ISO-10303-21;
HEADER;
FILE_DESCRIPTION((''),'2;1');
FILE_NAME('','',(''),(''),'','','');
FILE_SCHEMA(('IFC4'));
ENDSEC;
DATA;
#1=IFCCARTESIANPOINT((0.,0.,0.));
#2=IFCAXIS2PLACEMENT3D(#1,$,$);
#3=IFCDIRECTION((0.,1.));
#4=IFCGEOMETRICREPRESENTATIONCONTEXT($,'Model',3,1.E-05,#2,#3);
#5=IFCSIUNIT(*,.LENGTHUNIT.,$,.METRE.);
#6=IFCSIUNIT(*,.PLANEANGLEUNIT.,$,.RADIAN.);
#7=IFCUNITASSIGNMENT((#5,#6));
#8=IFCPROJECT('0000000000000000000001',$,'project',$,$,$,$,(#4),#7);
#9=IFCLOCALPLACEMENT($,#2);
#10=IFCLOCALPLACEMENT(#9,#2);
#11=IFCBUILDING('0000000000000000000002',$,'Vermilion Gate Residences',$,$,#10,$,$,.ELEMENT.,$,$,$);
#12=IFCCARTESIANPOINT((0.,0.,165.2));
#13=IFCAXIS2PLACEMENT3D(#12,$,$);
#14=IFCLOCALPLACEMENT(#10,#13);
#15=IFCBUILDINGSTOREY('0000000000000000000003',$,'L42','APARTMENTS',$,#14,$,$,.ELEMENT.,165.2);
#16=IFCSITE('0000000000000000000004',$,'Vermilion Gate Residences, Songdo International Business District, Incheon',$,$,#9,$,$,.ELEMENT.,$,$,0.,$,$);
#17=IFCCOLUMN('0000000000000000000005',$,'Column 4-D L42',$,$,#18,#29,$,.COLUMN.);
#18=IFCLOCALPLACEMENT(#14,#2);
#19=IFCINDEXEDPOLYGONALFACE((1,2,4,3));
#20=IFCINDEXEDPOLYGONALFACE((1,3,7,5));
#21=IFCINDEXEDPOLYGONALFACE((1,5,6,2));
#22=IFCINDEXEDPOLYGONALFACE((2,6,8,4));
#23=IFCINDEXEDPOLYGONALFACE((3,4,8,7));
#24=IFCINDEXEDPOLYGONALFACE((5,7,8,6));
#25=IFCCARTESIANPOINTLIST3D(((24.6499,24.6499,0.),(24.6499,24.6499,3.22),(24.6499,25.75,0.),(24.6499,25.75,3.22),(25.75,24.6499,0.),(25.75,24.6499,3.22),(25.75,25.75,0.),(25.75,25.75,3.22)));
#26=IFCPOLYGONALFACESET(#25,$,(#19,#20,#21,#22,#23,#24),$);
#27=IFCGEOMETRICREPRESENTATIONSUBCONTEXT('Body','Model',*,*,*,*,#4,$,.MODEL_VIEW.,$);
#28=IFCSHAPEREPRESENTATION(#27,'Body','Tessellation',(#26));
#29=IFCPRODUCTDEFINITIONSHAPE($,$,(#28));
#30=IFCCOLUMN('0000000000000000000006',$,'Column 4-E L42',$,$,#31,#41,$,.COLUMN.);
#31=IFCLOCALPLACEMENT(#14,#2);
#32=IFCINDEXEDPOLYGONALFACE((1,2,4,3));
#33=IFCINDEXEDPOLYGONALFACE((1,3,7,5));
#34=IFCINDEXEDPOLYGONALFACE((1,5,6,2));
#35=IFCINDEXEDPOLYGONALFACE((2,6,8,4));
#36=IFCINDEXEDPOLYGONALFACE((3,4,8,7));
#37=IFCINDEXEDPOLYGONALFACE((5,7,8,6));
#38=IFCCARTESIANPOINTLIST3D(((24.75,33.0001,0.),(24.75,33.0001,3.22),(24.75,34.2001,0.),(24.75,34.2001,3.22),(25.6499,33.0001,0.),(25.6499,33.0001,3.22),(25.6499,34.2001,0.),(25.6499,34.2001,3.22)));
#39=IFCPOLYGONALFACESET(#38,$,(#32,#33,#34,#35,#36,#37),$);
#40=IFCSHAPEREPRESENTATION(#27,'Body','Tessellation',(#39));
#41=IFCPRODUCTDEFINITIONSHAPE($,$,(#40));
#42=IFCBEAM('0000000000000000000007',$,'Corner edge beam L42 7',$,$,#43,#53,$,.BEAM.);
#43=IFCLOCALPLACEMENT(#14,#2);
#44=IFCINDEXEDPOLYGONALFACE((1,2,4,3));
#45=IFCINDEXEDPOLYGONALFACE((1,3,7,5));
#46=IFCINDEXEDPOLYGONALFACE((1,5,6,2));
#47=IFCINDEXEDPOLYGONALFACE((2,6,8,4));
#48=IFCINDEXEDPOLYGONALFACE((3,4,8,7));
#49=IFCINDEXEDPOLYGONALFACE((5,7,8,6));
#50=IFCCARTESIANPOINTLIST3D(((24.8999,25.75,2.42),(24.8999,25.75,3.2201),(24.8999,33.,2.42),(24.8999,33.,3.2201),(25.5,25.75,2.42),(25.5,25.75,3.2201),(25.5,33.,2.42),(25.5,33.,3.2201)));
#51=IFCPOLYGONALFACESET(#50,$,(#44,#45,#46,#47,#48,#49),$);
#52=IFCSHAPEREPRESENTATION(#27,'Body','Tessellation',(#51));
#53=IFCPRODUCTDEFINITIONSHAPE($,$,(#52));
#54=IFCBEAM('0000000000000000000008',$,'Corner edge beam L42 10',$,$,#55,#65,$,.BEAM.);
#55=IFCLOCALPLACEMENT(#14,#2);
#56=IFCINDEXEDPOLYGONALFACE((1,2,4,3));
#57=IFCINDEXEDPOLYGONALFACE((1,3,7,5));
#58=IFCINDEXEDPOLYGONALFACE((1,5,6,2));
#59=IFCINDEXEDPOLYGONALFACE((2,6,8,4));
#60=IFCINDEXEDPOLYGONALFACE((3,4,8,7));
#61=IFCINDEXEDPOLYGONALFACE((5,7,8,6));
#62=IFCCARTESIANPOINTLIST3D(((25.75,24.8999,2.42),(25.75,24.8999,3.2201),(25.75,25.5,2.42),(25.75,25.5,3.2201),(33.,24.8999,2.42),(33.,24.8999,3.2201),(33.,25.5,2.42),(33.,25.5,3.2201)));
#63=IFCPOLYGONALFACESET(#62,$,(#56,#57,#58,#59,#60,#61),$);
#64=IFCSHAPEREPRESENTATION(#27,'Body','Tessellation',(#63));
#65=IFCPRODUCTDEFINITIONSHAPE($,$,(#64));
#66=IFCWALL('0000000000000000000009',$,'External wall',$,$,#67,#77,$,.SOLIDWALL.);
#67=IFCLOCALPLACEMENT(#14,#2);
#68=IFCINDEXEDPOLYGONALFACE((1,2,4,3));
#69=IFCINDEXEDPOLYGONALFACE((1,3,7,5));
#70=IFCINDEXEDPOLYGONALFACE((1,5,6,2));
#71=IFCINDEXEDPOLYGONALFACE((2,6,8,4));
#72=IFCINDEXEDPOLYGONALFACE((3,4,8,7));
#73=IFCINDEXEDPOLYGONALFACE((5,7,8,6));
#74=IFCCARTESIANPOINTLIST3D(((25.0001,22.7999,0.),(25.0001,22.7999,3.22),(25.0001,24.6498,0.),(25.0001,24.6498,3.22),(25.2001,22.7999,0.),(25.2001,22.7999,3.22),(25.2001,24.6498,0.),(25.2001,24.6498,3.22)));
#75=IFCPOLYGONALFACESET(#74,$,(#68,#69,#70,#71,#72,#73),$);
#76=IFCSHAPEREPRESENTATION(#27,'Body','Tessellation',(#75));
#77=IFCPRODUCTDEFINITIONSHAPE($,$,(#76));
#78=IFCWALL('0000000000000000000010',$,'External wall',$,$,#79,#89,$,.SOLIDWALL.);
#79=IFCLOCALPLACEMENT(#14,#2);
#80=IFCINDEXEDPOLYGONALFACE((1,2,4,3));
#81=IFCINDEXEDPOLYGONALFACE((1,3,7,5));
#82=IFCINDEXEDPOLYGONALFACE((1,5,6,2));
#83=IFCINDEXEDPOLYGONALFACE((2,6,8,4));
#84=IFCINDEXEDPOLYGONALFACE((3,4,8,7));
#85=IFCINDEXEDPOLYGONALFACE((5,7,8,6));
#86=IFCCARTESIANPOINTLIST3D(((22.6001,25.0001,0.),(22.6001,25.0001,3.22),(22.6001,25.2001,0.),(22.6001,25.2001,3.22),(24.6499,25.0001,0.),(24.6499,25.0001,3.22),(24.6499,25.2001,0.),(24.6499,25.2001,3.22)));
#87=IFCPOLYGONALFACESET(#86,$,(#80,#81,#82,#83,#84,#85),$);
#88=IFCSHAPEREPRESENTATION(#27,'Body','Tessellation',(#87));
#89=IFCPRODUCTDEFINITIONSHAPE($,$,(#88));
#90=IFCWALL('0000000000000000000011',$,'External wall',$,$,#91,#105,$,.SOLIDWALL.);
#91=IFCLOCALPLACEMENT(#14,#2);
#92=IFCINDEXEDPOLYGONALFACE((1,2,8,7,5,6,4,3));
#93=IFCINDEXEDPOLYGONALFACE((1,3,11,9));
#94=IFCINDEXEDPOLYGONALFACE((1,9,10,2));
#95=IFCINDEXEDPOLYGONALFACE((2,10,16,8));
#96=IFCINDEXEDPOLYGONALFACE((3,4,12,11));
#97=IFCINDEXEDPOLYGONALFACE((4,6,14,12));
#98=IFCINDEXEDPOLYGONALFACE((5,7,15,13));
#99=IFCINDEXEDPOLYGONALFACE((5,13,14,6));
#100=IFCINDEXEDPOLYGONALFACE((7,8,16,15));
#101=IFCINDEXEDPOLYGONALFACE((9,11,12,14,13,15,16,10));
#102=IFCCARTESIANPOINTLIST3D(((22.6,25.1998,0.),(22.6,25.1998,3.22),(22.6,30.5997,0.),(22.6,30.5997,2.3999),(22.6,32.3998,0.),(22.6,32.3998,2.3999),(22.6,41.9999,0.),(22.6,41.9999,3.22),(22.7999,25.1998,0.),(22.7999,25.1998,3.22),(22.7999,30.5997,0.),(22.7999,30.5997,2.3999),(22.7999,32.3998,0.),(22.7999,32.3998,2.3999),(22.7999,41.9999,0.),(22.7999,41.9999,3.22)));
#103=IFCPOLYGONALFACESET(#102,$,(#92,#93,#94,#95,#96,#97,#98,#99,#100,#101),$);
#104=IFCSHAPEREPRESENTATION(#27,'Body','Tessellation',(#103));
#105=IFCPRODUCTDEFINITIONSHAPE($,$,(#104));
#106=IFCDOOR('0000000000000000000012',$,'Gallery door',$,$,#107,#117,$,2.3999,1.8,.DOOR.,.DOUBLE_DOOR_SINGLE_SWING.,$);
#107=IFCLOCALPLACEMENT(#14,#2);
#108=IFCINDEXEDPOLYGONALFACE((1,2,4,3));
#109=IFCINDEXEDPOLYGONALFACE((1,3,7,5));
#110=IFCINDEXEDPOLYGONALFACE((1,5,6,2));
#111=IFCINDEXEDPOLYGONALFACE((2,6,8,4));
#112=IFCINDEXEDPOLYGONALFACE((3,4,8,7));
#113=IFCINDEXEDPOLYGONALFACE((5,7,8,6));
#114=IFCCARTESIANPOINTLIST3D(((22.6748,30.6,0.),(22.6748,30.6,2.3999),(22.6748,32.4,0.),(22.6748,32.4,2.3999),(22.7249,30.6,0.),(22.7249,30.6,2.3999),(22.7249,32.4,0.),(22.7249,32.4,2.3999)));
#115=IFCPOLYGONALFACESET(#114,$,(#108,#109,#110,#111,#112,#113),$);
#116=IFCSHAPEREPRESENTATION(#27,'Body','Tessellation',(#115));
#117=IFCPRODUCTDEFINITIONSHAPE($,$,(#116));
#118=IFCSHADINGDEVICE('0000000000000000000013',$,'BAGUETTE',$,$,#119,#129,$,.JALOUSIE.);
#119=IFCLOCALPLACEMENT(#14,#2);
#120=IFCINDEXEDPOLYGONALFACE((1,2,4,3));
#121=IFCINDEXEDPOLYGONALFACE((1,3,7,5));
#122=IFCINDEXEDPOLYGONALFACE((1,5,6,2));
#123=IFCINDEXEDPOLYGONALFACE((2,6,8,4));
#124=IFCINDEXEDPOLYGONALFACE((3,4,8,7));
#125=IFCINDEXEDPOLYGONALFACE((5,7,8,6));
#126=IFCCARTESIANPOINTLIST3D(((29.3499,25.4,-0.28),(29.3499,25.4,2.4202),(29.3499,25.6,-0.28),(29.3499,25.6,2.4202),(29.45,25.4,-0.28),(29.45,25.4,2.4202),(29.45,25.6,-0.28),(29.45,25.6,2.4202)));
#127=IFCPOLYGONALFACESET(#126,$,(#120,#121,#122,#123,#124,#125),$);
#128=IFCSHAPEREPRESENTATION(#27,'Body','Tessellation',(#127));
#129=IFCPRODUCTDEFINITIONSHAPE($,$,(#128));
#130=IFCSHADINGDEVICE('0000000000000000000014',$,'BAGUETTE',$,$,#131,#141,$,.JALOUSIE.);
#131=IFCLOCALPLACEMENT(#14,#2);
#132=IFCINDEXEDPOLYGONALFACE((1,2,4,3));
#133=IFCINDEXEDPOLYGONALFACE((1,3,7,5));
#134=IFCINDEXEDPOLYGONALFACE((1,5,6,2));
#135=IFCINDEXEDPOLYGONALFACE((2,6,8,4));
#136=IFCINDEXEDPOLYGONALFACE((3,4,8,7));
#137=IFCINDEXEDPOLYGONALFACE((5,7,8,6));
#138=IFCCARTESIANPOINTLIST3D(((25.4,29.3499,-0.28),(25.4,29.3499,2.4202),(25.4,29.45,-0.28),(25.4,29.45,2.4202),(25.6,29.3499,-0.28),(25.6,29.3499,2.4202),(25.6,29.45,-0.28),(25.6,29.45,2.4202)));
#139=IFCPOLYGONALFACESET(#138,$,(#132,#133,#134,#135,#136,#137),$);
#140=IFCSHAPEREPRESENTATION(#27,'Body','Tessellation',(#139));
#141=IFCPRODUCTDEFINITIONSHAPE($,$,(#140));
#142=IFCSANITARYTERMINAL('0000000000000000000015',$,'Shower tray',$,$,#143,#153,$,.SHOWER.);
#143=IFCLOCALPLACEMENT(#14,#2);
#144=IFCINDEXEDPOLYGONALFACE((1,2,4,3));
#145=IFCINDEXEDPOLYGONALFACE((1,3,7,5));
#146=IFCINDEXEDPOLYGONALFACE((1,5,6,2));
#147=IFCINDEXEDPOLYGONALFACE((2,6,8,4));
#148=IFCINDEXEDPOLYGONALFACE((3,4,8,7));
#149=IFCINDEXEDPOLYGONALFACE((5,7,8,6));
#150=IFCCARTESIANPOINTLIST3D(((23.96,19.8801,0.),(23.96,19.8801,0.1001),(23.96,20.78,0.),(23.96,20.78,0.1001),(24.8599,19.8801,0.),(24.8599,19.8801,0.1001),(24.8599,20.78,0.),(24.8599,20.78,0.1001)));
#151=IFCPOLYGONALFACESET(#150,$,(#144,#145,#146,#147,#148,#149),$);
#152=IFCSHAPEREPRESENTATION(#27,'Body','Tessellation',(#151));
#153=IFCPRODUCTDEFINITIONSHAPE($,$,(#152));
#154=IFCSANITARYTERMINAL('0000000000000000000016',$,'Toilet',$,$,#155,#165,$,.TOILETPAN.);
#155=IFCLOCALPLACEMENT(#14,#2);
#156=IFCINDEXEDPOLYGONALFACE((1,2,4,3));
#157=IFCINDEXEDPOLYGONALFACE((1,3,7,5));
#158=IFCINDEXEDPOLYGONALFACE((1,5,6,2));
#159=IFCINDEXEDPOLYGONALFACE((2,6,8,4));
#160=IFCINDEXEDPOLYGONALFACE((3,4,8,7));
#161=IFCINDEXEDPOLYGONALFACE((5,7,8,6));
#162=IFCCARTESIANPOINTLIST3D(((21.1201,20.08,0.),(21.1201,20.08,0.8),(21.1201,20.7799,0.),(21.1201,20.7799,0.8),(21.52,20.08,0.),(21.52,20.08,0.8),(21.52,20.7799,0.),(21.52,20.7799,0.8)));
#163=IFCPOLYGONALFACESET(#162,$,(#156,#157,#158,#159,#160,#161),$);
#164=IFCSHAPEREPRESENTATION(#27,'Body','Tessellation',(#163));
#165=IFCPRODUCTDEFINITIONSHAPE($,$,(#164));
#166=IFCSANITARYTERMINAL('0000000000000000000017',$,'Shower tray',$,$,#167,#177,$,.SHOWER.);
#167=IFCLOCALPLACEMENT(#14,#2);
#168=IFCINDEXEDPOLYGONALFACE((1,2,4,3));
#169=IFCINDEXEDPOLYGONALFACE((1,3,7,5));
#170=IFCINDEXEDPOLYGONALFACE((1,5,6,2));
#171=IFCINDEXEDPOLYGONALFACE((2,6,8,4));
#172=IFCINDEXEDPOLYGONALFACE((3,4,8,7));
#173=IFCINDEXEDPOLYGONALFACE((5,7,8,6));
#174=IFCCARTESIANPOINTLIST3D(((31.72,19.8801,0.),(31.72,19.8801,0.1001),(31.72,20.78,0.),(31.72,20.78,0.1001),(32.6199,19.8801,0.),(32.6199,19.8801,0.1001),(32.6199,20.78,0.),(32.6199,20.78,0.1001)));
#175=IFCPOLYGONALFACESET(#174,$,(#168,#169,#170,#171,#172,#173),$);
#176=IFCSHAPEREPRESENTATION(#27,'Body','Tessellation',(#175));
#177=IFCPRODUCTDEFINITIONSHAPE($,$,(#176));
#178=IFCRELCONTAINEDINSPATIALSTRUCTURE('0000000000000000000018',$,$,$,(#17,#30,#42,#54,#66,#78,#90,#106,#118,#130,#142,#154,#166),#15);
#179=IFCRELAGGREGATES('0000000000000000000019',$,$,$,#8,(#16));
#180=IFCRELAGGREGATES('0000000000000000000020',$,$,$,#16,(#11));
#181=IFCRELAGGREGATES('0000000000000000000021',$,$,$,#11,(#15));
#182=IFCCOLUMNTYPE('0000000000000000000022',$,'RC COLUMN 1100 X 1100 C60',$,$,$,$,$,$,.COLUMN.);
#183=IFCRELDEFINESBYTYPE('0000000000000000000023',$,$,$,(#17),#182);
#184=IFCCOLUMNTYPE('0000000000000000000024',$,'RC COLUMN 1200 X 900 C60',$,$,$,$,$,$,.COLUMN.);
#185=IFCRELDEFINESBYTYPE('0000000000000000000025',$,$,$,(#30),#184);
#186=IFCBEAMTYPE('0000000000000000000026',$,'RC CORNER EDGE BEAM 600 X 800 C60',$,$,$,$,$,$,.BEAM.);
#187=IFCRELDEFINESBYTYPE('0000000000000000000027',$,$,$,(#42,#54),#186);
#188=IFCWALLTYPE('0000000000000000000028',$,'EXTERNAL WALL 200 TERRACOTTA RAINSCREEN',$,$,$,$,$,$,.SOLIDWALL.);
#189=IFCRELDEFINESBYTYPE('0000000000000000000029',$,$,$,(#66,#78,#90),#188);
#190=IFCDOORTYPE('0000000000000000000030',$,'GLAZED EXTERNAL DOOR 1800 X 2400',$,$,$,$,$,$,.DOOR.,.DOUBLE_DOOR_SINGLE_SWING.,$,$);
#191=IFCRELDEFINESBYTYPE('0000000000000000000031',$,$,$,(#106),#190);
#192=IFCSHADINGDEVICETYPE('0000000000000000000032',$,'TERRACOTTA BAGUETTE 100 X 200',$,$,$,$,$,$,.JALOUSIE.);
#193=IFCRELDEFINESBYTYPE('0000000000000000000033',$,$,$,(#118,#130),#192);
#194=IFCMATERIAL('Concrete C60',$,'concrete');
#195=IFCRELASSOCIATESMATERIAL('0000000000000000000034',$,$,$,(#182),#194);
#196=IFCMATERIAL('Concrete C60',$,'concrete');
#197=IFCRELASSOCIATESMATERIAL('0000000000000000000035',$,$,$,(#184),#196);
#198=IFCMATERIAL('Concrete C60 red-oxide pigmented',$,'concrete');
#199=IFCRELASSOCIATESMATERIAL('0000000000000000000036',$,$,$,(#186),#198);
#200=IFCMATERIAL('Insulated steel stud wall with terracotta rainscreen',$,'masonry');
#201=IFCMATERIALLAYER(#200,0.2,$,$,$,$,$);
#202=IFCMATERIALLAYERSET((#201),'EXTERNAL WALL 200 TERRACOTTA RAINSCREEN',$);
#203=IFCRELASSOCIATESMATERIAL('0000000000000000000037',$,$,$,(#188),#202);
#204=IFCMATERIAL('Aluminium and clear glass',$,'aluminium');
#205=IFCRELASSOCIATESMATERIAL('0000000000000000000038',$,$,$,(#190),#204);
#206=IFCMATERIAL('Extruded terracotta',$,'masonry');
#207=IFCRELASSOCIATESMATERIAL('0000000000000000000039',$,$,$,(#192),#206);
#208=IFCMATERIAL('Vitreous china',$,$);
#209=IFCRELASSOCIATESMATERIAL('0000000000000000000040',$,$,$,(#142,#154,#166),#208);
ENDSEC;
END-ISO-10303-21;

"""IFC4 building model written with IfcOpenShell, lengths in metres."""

from ifc_helpers import new_model, si_unit, direction, frame, frame_2d, origin, origin_2d, place, context, subcontext, project, spatial, rectangle, extrude, material, layer, layer_set, material_profile, profile_set, type_object, element, fill, save


model = new_model("IFC4")

# Units and contexts
model_context = context("Model", 3, precision=1e-05, world=origin(), true_north=direction((0.0, 1.0)))
body_context = subcontext(model_context, "Body", "Model", "MODEL_VIEW")
ifc_project = project(units=[si_unit("LENGTHUNIT", "METRE"), si_unit("PLANEANGLEUNIT", "RADIAN")], contexts=[model_context])

# Site, building, storey
site_placement = place(None, origin())
site = spatial("IfcSite", under=ifc_project, at=site_placement, Name="Vermilion Gate Residences, Songdo International Business District, Incheon", CompositionType="ELEMENT", RefElevation=0.0)
building_placement = place(site_placement, origin())
building = spatial("IfcBuilding", under=site, at=building_placement, Name="Vermilion Gate Residences", CompositionType="ELEMENT")
storey_placement = place(building_placement, frame((0.0, 0.0, 165.2)))
storey = spatial("IfcBuildingStorey", under=building, at=storey_placement, Name="L42", Description="APARTMENTS", CompositionType="ELEMENT", Elevation=165.2)

# Columns
ifc_material_1 = material(Name="Concrete C60", Category="concrete")
ifc_material_profile_1 = material_profile(ifc_material_1, rectangle(XDim=1.1001, YDim=1.1001, at=origin_2d()), Name="RC-1100x1100")
ifc_profile_set_1 = profile_set([ifc_material_profile_1], Name="Concrete C60")
column_type_1 = type_object("IfcColumnType", Name="RC COLUMN 1100 X 1100 C60", PredefinedType="COLUMN", material=ifc_profile_set_1)
column_1_placement = place(storey_placement, frame((25.2, 25.2, 0.0), z_axis=(0.0, 0.0, 1.0), x_axis=(1.0, 0.0, 0.0)))
element("IfcColumn", 1, at=column_1_placement, inside=storey, type_object=column_type_1, Name="Column 4-D L42", PredefinedType="COLUMN", context=body_context, shape_type="SweptSolid", body=[
    extrude(rectangle(XDim=1.1001, YDim=1.1001, at=origin_2d()), origin(), (0.0, 0.0, 1.0), 3.22),
])
ifc_material_2 = material(Name="Concrete C60", Category="concrete")
ifc_material_profile_2 = material_profile(ifc_material_2, rectangle(XDim=1.2, YDim=0.8999, at=origin_2d()), Name="RC-1200x900")
ifc_profile_set_2 = profile_set([ifc_material_profile_2], Name="Concrete C60")
column_type_2 = type_object("IfcColumnType", Name="RC COLUMN 1200 X 900 C60", PredefinedType="COLUMN", material=ifc_profile_set_2)
column_2_placement = place(storey_placement, frame((25.2, 33.6001, 0.0), z_axis=(0.0, 0.0, 1.0), x_axis=(0.0, 1.0, 0.0)))
element("IfcColumn", 2, at=column_2_placement, inside=storey, type_object=column_type_2, Name="Column 4-E L42", PredefinedType="COLUMN", context=body_context, shape_type="SweptSolid", body=[
    extrude(rectangle(XDim=1.2, YDim=0.8999, at=origin_2d()), origin(), (0.0, 0.0, 1.0), 3.22),
])

# Beams
ifc_material_3 = material(Name="Concrete C60 red-oxide pigmented", Category="concrete")
ifc_material_profile_3 = material_profile(ifc_material_3, rectangle(XDim=0.6001, YDim=0.8, at=origin_2d()), Name="RC-600x800")
ifc_profile_set_3 = profile_set([ifc_material_profile_3], Name="Concrete C60 red-oxide pigmented")
beam_type = type_object("IfcBeamType", Name="RC CORNER EDGE BEAM 600 X 800 C60", PredefinedType="BEAM", material=ifc_profile_set_3)
for number, where, z_axis, x_axis, name in (
    (3, (25.2, 25.75, 2.8201), (0.0, 1.0, 0.0), (-1.0, 0.0, 0.0), "Corner edge beam L42 7"),
    (4, (25.75, 25.2, 2.8201), (1.0, 0.0, 0.0), (0.0, 1.0, 0.0), "Corner edge beam L42 10"),
):
    element("IfcBeam", number, at=place(storey_placement, frame(where, z_axis=z_axis, x_axis=x_axis)), inside=storey, type_object=beam_type, Name=name, PredefinedType="BEAM", context=body_context, shape_type="SweptSolid", body=[
        extrude(rectangle(XDim=0.6001, YDim=0.8, at=origin_2d()), origin(), (0.0, 0.0, 1.0), 7.25),
    ])

# Walls
ifc_material_4 = material(Name="Insulated steel stud wall with terracotta rainscreen", Category="masonry")
ifc_layer = layer(ifc_material_4, 0.2)
ifc_layer_set = layer_set([ifc_layer], Name="EXTERNAL WALL 200 TERRACOTTA RAINSCREEN")
wall_type = type_object("IfcWallType", Name="EXTERNAL WALL 200 TERRACOTTA RAINSCREEN", PredefinedType="SOLIDWALL", material=ifc_layer_set)
wall_1_placement = place(storey_placement, frame((25.1001, 22.8, 0.0), z_axis=(0.0, 0.0, 1.0), x_axis=(0.0, 1.0, 0.0)))
element("IfcWall", 5, at=wall_1_placement, inside=storey, type_object=wall_type, Name="External wall", PredefinedType="SOLIDWALL", context=body_context, shape_type="SweptSolid", body=[
    extrude(rectangle(XDim=1.8499, YDim=0.2, at=frame_2d((0.9248, 0.0))), origin(), (0.0, 0.0, 1.0), 3.22),
])
wall_2_placement = place(storey_placement, frame((24.6499, 25.1001, 0.0), z_axis=(0.0, 0.0, 1.0), x_axis=(-1.0, 0.0, 0.0)))
element("IfcWall", 6, at=wall_2_placement, inside=storey, type_object=wall_type, Name="External wall", PredefinedType="SOLIDWALL", context=body_context, shape_type="SweptSolid", body=[
    extrude(rectangle(XDim=2.0498, YDim=0.2, at=frame_2d((1.0249, 0.0))), origin(), (0.0, 0.0, 1.0), 3.22),
])

# Wall, opening, door
wall_3_placement = place(storey_placement, frame((22.7, 25.2, 0.0), z_axis=(0.0, 0.0, 1.0), x_axis=(0.0, 1.0, 0.0)))
wall_3 = element("IfcWall", 7, at=wall_3_placement, inside=storey, type_object=wall_type, Name="External wall", PredefinedType="SOLIDWALL", context=body_context, shape_type="SweptSolid", body=[
    extrude(rectangle(XDim=16.8, YDim=0.2, at=frame_2d((8.3999, 0.0))), origin(), (0.0, 0.0, 1.0), 3.22),
])
opening_placement = place(wall_3_placement, frame((5.3999, 0.0, 0.0)))
opening = element("IfcOpeningElement", 8, at=opening_placement, cuts=wall_3, PredefinedType="OPENING", context=body_context, shape_type="SweptSolid", body=[
    extrude(rectangle(XDim=1.8, YDim=2.3999, at=frame_2d((0.8999, 1.2))), frame((0.0, 0.1099, 0.0), z_axis=(0.0, -1.0, 0.0), x_axis=(1.0, 0.0, 0.0)), (0.0, 0.0, 1.0), 0.22),
])
ifc_material_5 = material(Name="Aluminium and clear glass", Category="aluminium")
door_type = type_object("IfcDoorType", Name="GLAZED EXTERNAL DOOR 1800 X 2400", OperationType="DOUBLE_DOOR_SINGLE_SWING", PredefinedType="DOOR", material=ifc_material_5)
door_placement = place(opening_placement, frame((1.8, 0.0, 0.0), z_axis=(0.0, 0.0, 1.0), x_axis=(-1.0, 0.0, 0.0)))
door = element("IfcDoor", 9, at=door_placement, inside=storey, type_object=door_type, Name="Gallery door", OperationType="DOUBLE_DOOR_SINGLE_SWING", OverallHeight=2.3999, OverallWidth=1.8, PredefinedType="DOOR", context=body_context, shape_type="SweptSolid", body=[
    extrude(rectangle(XDim=1.8, YDim=2.3999, at=frame_2d((0.8999, 1.2))), frame((0.0, 0.0249, 0.0), z_axis=(0.0, -1.0, 0.0), x_axis=(1.0, 0.0, 0.0)), (0.0, 0.0, 1.0), 0.05),
])
fill(opening, door)

# Shading devices
ifc_material_6 = material(Name="Extruded terracotta", Category="masonry")
ifc_material_profile_4 = material_profile(ifc_material_6, rectangle(XDim=0.2, YDim=0.1001, at=origin_2d()), Name="BAGUETTE 100 X 200")
ifc_profile_set_4 = profile_set([ifc_material_profile_4], Name="Extruded terracotta")
shading_device_type = type_object("IfcShadingDeviceType", Name="TERRACOTTA BAGUETTE 100 X 200", PredefinedType="JALOUSIE", material=ifc_profile_set_4)
for number, where, z_axis, x_axis, name in (
    (10, (29.3999, 25.5, -0.28), (0.0, 0.0, 1.0), (0.0, -1.0, 0.0), "BAGUETTE"),
    (11, (25.5, 29.3999, -0.28), (0.0, 0.0, 1.0), (-1.0, 0.0, 0.0), "BAGUETTE"),
):
    element("IfcShadingDevice", number, at=place(storey_placement, frame(where, z_axis=z_axis, x_axis=x_axis)), inside=storey, type_object=shading_device_type, Name=name, PredefinedType="JALOUSIE", context=body_context, shape_type="SweptSolid", body=[
        extrude(rectangle(XDim=0.2, YDim=0.1001, at=origin_2d()), origin(), (0.0, 0.0, 1.0), 2.7002),
    ])

# Sanitary terminals
ifc_material_7 = material(Name="Vitreous china")
sanitary_terminal_1_placement = place(storey_placement, frame((24.4099, 20.3301, 0.0), z_axis=(0.0, 0.0, 1.0), x_axis=(1.0, 0.0, 0.0)))
element("IfcSanitaryTerminal", 12, at=sanitary_terminal_1_placement, inside=storey, material=ifc_material_7, Name="Shower tray", PredefinedType="SHOWER", context=body_context, shape_type="SweptSolid", body=[
    extrude(rectangle(XDim=0.8999, YDim=0.8999, at=origin_2d()), origin(), (0.0, 0.0, 1.0), 0.1001),
])
sanitary_terminal_2_placement = place(storey_placement, frame((21.3201, 20.4299, 0.0), z_axis=(0.0, 0.0, 1.0), x_axis=(1.0, 0.0, 0.0)))
element("IfcSanitaryTerminal", 13, at=sanitary_terminal_2_placement, inside=storey, material=ifc_material_7, Name="Toilet", PredefinedType="TOILETPAN", context=body_context, shape_type="SweptSolid", body=[
    extrude(rectangle(XDim=0.3999, YDim=0.7, at=origin_2d()), origin(), (0.0, 0.0, 1.0), 0.8),
])
sanitary_terminal_3_placement = place(storey_placement, frame((32.1699, 20.3301, 0.0), z_axis=(0.0, 0.0, 1.0), x_axis=(1.0, 0.0, 0.0)))
element("IfcSanitaryTerminal", 14, at=sanitary_terminal_3_placement, inside=storey, material=ifc_material_7, Name="Shower tray", PredefinedType="SHOWER", context=body_context, shape_type="SweptSolid", body=[
    extrude(rectangle(XDim=0.8999, YDim=0.8999, at=origin_2d()), origin(), (0.0, 0.0, 1.0), 0.1001),
])

save(model, "model.ifc")
